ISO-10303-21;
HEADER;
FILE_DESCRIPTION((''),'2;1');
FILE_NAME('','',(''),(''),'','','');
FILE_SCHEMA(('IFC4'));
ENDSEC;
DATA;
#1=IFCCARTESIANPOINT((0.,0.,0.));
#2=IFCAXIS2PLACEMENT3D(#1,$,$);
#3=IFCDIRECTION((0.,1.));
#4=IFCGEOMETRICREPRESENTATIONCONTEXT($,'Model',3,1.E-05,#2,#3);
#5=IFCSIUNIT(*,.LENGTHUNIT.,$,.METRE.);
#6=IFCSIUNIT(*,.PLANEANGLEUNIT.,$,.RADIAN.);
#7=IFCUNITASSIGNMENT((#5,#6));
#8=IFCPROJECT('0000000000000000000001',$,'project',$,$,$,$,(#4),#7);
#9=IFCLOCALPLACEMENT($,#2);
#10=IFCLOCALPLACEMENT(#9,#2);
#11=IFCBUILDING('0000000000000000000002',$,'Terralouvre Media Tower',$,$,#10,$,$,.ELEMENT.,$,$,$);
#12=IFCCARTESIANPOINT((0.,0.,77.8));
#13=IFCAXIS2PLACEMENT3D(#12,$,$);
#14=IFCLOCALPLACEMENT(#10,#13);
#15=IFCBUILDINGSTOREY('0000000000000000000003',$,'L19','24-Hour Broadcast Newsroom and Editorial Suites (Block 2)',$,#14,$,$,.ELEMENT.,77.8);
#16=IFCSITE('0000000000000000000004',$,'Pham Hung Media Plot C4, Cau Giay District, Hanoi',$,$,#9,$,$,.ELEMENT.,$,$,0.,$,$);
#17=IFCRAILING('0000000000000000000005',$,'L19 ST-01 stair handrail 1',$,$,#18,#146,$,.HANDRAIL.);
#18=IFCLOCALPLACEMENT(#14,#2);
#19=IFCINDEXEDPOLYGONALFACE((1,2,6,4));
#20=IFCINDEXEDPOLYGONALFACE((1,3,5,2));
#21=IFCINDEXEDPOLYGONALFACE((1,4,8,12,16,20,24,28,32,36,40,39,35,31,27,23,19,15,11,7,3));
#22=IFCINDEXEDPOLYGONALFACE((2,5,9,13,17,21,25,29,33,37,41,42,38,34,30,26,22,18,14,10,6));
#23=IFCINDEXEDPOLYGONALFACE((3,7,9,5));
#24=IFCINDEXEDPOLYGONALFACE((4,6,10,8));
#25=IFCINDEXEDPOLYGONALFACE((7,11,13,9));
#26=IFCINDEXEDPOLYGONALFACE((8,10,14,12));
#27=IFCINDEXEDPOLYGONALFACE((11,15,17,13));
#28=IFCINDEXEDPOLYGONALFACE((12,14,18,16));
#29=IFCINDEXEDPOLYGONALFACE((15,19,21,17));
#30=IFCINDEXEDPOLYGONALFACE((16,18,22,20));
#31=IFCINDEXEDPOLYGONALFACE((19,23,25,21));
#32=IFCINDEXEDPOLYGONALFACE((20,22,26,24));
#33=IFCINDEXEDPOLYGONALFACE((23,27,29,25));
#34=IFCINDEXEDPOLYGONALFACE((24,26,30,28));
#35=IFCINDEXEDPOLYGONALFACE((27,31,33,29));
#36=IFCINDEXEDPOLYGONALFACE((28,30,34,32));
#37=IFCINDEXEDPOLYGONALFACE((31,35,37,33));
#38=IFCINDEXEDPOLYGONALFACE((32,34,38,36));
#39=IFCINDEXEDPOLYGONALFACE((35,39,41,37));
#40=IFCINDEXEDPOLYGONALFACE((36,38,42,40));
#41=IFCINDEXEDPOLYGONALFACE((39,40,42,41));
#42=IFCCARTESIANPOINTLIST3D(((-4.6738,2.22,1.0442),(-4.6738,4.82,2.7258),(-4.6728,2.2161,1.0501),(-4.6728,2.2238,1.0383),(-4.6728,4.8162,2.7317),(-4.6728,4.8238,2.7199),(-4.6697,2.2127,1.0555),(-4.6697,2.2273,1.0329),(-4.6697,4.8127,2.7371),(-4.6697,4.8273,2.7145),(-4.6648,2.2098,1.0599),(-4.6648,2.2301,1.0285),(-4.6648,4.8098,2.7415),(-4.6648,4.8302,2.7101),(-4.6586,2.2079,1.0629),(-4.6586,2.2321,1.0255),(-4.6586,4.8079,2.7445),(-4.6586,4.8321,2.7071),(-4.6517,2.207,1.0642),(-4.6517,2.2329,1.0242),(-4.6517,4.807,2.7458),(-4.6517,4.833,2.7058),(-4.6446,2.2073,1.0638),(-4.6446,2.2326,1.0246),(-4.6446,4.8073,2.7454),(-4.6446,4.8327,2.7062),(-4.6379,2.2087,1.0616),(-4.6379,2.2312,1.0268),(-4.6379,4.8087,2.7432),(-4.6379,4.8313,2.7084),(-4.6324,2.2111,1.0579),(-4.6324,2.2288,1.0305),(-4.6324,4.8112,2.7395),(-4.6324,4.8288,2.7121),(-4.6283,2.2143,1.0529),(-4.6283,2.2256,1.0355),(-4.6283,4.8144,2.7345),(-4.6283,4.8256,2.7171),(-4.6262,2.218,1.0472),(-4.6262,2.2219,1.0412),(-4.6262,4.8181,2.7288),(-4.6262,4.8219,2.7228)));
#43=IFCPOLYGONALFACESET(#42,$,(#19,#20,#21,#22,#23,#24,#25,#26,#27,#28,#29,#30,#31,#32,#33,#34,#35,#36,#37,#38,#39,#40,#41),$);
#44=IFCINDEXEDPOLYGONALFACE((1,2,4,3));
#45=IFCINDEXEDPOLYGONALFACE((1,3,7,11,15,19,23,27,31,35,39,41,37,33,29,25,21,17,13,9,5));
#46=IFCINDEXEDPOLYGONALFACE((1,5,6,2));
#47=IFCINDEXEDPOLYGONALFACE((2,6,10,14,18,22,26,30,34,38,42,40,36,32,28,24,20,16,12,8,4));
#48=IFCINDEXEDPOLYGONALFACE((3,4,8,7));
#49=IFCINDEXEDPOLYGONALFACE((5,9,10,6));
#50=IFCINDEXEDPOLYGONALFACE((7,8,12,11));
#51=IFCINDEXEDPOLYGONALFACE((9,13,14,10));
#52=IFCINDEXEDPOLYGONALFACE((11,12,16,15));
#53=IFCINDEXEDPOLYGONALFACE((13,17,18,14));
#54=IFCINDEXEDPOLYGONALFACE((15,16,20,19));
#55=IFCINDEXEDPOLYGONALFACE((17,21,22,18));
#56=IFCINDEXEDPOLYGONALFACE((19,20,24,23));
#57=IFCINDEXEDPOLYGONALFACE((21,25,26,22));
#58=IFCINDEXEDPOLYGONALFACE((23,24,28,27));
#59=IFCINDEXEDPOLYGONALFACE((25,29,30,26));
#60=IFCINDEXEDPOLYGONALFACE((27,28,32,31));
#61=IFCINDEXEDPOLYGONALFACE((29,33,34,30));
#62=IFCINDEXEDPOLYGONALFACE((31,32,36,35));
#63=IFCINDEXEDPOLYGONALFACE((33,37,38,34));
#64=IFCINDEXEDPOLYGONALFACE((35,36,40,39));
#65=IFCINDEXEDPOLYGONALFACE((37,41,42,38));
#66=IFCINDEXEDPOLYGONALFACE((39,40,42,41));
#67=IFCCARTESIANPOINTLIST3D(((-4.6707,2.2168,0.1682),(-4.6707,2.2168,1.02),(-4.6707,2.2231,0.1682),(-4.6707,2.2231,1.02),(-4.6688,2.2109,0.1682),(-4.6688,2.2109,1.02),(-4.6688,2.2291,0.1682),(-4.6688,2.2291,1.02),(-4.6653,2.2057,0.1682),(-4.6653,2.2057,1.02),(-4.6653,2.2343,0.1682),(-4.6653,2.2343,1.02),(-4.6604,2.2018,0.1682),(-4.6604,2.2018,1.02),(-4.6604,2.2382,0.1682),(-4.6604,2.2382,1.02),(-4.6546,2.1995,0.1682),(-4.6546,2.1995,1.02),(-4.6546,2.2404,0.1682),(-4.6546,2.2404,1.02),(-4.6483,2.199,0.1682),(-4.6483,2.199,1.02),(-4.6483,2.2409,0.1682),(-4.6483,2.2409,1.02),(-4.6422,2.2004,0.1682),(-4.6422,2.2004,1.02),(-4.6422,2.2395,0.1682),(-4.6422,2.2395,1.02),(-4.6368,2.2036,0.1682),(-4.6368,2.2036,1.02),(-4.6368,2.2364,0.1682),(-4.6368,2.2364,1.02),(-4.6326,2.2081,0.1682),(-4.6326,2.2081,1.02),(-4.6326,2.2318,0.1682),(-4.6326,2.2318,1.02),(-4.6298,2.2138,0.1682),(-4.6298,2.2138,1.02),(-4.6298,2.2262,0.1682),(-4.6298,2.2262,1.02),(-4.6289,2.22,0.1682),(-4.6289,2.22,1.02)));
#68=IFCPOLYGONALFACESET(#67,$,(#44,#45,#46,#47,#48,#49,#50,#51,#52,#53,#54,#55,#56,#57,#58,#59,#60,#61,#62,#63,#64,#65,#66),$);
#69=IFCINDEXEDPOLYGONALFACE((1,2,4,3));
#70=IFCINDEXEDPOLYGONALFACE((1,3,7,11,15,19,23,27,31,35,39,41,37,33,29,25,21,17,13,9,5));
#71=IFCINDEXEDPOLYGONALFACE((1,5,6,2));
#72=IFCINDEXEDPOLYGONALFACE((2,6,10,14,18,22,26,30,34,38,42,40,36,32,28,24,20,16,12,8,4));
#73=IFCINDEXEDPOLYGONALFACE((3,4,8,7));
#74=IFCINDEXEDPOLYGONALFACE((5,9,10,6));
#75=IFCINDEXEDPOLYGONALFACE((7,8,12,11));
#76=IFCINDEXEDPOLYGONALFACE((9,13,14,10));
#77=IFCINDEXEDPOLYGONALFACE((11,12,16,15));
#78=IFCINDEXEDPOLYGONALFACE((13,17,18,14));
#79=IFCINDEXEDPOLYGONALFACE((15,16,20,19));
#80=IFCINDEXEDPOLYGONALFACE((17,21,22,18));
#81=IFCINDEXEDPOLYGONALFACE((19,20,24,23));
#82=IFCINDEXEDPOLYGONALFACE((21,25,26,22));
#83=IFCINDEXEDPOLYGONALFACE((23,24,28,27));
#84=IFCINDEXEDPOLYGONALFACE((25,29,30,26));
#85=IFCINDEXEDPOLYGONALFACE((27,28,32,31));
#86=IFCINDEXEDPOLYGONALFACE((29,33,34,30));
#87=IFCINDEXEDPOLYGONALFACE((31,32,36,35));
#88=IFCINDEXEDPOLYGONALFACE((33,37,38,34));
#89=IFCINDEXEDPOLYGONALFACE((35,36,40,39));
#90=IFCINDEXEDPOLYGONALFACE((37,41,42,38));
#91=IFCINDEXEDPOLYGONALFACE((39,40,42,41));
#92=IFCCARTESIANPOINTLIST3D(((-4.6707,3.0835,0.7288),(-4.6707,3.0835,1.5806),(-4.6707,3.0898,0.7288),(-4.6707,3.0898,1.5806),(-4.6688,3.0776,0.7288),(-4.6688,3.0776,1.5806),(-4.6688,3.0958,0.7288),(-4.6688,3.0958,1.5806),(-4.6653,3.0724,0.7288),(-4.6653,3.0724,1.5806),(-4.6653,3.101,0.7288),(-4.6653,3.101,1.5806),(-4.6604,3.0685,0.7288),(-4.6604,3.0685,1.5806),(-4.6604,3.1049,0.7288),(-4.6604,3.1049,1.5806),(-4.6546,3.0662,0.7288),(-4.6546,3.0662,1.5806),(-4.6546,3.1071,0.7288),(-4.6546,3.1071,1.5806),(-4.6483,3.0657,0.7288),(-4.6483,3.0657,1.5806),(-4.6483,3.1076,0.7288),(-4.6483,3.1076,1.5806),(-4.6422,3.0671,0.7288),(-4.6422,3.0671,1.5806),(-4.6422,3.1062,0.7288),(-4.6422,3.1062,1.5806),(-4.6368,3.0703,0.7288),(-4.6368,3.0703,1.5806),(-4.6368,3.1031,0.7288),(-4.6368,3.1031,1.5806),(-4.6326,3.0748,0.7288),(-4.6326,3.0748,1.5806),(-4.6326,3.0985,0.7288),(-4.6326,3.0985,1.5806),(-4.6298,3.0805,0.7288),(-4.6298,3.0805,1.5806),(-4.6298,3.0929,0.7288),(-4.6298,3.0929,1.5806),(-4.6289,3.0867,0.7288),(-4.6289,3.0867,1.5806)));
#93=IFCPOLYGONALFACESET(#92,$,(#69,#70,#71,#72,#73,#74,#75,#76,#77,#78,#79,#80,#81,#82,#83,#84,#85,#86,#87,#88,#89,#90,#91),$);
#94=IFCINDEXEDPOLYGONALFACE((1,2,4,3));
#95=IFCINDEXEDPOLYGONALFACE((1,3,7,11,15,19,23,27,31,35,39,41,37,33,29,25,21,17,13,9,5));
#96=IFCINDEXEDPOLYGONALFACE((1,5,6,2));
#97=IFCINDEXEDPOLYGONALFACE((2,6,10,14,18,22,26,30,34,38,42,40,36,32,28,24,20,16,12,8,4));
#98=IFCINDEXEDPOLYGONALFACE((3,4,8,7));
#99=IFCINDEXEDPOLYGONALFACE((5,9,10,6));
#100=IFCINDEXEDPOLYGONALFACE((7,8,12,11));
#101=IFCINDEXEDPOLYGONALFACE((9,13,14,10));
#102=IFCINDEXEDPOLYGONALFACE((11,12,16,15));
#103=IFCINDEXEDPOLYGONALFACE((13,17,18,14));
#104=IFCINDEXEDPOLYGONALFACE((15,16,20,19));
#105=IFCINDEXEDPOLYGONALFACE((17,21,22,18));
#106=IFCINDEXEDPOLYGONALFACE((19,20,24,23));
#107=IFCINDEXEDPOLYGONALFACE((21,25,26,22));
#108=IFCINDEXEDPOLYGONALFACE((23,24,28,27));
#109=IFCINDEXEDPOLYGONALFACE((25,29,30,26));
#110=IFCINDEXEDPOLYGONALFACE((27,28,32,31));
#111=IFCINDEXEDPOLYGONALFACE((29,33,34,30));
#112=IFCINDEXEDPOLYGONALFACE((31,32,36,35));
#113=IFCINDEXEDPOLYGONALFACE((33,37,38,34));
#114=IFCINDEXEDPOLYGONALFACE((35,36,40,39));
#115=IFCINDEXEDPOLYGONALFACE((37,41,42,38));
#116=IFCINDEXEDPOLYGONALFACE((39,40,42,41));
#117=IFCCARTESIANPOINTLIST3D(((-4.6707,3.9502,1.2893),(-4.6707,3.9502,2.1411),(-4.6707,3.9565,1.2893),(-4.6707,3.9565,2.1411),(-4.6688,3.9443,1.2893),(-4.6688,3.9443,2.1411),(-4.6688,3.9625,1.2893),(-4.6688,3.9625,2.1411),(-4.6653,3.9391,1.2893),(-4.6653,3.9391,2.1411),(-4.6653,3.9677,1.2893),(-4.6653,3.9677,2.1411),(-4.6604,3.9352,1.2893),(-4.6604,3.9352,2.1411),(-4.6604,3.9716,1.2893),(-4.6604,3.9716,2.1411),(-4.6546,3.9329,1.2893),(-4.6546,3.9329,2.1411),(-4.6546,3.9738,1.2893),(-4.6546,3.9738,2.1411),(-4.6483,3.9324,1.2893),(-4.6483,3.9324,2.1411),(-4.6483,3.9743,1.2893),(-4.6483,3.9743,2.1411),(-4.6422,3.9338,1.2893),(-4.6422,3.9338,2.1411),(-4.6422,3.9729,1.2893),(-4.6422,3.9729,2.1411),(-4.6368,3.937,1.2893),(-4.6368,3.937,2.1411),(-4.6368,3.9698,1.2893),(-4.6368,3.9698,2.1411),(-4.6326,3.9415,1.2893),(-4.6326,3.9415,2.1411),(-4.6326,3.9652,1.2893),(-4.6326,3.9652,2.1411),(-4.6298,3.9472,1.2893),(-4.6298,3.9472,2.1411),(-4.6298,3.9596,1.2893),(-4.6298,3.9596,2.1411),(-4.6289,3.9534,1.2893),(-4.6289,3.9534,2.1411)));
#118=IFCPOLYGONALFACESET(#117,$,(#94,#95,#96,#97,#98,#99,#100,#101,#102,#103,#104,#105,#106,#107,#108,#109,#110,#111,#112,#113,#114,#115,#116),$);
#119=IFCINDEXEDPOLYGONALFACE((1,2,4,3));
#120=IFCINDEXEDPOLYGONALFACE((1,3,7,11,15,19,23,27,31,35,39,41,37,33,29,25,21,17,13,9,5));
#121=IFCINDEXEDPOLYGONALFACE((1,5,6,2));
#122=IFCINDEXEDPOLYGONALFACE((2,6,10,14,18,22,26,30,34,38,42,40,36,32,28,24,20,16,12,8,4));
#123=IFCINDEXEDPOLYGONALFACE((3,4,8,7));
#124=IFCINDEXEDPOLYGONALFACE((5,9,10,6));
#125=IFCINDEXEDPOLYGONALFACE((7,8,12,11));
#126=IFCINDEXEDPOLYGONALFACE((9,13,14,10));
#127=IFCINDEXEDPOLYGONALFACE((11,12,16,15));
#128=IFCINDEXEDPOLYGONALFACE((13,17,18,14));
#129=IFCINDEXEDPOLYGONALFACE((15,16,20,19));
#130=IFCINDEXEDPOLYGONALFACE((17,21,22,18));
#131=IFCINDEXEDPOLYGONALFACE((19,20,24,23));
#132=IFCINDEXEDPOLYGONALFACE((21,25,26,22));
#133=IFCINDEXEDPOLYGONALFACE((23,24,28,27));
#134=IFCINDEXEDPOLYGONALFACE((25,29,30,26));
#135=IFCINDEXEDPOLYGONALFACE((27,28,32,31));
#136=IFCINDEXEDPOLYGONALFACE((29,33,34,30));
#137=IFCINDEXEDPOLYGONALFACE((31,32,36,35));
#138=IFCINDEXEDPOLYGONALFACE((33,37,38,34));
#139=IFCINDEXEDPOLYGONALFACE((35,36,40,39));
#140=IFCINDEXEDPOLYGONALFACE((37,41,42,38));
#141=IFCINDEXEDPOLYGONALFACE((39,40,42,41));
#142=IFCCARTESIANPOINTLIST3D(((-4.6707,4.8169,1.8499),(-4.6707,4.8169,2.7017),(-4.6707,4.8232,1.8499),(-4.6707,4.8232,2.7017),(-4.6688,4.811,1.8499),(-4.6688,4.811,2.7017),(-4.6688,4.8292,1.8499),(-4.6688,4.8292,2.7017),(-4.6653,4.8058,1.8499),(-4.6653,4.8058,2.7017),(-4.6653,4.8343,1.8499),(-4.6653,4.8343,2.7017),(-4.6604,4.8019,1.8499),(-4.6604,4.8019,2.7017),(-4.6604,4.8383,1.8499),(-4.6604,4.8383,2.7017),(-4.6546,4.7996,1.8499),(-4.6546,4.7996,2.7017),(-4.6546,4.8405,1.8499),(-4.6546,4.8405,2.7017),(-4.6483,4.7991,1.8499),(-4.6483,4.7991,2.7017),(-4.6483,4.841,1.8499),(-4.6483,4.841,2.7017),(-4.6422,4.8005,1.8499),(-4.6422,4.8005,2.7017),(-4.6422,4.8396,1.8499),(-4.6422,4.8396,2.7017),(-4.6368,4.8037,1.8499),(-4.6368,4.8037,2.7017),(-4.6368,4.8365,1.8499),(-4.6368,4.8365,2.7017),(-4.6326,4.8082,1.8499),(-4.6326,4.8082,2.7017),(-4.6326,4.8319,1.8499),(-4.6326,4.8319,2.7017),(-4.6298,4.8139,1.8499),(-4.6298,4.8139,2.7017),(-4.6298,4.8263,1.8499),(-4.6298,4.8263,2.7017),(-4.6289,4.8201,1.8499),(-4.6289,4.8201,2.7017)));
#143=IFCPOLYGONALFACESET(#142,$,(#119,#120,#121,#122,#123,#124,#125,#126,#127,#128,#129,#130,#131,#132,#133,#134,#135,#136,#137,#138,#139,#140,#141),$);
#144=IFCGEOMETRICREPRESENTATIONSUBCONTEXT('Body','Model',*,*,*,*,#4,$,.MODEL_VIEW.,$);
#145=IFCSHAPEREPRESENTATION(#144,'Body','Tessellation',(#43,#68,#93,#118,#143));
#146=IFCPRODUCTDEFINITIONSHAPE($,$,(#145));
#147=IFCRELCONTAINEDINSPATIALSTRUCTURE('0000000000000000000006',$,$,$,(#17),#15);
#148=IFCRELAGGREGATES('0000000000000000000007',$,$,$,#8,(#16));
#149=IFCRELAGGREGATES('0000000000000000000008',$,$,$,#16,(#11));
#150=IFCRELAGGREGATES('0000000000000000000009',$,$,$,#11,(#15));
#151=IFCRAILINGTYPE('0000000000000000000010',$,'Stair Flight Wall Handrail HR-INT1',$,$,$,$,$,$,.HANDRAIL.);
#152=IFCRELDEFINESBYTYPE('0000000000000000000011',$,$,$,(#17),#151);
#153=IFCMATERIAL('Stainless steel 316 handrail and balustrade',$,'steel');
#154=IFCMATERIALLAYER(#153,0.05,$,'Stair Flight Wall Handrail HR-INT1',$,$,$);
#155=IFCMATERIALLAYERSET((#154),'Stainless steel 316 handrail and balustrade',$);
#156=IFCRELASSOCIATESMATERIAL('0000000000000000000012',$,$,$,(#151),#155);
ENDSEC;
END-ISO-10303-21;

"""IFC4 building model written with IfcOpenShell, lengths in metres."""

from ifc_helpers import new_model, si_unit, direction, frame, origin, origin_2d, place, context, subcontext, project, spatial, circle, extrude, material, layer, layer_set, type_object, element, save


model = new_model("IFC4")

# Units and contexts
model_context = context("Model", 3, precision=1e-05, world=origin(), true_north=direction((0.0, 1.0)))
body_context = subcontext(model_context, "Body", "Model", "MODEL_VIEW")
ifc_project = project(units=[si_unit("LENGTHUNIT", "METRE"), si_unit("PLANEANGLEUNIT", "RADIAN")], contexts=[model_context])

# Site, building, storey
site_placement = place(None, origin())
site = spatial("IfcSite", under=ifc_project, at=site_placement, Name="Pham Hung Media Plot C4, Cau Giay District, Hanoi", CompositionType="ELEMENT", RefElevation=0.0)
building_placement = place(site_placement, origin())
building = spatial("IfcBuilding", under=site, at=building_placement, Name="Terralouvre Media Tower", CompositionType="ELEMENT")
storey_placement = place(building_placement, frame((0.0, 0.0, 77.8)))
storey = spatial("IfcBuildingStorey", under=building, at=storey_placement, Name="L19", Description="24-Hour Broadcast Newsroom and Editorial Suites (Block 2)", CompositionType="ELEMENT", Elevation=77.8)

# Railing
ifc_material_1 = material(Name="Stainless steel 316 handrail and balustrade", Category="steel")
ifc_layer_1 = layer(ifc_material_1, 0.05, Name="Stair Flight Wall Handrail HR-INT1")
ifc_layer_set_1 = layer_set([ifc_layer_1], Name="Stainless steel 316 handrail and balustrade")
railing_type_1 = type_object("IfcRailingType", Name="Stair Flight Wall Handrail HR-INT1", PredefinedType="HANDRAIL", material=ifc_layer_set_1)
railing_1_placement = place(storey_placement, frame((-4.6499, 2.22, 0.1682)))
element("IfcRailing", 1, at=railing_1_placement, inside=storey, type_object=railing_type_1, Name="L19 ST-01 stair handrail 1", PredefinedType="HANDRAIL", context=body_context, shape_type="SweptSolid", body=[
    extrude(circle(Radius=0.0239, at=origin_2d()), frame((0.0, 0.0, 0.876), z_axis=(0.0, 0.839684, 0.543075), x_axis=(-1.0, 0.0, 0.0)), (0.0, 0.0, 1.0), 3.0964),
    extrude(circle(Radius=0.021, at=origin_2d()), origin(), (0.0, 0.0, 1.0), 0.8518),
    extrude(circle(Radius=0.021, at=origin_2d()), frame((0.0, 0.8667, 0.5605)), (0.0, 0.0, 1.0), 0.8518),
    extrude(circle(Radius=0.021, at=origin_2d()), frame((0.0, 1.7334, 1.1211)), (0.0, 0.0, 1.0), 0.8518),
    extrude(circle(Radius=0.021, at=origin_2d()), frame((0.0, 2.6001, 1.6816)), (0.0, 0.0, 1.0), 0.8518),
])

save(model, "model.ifc")
